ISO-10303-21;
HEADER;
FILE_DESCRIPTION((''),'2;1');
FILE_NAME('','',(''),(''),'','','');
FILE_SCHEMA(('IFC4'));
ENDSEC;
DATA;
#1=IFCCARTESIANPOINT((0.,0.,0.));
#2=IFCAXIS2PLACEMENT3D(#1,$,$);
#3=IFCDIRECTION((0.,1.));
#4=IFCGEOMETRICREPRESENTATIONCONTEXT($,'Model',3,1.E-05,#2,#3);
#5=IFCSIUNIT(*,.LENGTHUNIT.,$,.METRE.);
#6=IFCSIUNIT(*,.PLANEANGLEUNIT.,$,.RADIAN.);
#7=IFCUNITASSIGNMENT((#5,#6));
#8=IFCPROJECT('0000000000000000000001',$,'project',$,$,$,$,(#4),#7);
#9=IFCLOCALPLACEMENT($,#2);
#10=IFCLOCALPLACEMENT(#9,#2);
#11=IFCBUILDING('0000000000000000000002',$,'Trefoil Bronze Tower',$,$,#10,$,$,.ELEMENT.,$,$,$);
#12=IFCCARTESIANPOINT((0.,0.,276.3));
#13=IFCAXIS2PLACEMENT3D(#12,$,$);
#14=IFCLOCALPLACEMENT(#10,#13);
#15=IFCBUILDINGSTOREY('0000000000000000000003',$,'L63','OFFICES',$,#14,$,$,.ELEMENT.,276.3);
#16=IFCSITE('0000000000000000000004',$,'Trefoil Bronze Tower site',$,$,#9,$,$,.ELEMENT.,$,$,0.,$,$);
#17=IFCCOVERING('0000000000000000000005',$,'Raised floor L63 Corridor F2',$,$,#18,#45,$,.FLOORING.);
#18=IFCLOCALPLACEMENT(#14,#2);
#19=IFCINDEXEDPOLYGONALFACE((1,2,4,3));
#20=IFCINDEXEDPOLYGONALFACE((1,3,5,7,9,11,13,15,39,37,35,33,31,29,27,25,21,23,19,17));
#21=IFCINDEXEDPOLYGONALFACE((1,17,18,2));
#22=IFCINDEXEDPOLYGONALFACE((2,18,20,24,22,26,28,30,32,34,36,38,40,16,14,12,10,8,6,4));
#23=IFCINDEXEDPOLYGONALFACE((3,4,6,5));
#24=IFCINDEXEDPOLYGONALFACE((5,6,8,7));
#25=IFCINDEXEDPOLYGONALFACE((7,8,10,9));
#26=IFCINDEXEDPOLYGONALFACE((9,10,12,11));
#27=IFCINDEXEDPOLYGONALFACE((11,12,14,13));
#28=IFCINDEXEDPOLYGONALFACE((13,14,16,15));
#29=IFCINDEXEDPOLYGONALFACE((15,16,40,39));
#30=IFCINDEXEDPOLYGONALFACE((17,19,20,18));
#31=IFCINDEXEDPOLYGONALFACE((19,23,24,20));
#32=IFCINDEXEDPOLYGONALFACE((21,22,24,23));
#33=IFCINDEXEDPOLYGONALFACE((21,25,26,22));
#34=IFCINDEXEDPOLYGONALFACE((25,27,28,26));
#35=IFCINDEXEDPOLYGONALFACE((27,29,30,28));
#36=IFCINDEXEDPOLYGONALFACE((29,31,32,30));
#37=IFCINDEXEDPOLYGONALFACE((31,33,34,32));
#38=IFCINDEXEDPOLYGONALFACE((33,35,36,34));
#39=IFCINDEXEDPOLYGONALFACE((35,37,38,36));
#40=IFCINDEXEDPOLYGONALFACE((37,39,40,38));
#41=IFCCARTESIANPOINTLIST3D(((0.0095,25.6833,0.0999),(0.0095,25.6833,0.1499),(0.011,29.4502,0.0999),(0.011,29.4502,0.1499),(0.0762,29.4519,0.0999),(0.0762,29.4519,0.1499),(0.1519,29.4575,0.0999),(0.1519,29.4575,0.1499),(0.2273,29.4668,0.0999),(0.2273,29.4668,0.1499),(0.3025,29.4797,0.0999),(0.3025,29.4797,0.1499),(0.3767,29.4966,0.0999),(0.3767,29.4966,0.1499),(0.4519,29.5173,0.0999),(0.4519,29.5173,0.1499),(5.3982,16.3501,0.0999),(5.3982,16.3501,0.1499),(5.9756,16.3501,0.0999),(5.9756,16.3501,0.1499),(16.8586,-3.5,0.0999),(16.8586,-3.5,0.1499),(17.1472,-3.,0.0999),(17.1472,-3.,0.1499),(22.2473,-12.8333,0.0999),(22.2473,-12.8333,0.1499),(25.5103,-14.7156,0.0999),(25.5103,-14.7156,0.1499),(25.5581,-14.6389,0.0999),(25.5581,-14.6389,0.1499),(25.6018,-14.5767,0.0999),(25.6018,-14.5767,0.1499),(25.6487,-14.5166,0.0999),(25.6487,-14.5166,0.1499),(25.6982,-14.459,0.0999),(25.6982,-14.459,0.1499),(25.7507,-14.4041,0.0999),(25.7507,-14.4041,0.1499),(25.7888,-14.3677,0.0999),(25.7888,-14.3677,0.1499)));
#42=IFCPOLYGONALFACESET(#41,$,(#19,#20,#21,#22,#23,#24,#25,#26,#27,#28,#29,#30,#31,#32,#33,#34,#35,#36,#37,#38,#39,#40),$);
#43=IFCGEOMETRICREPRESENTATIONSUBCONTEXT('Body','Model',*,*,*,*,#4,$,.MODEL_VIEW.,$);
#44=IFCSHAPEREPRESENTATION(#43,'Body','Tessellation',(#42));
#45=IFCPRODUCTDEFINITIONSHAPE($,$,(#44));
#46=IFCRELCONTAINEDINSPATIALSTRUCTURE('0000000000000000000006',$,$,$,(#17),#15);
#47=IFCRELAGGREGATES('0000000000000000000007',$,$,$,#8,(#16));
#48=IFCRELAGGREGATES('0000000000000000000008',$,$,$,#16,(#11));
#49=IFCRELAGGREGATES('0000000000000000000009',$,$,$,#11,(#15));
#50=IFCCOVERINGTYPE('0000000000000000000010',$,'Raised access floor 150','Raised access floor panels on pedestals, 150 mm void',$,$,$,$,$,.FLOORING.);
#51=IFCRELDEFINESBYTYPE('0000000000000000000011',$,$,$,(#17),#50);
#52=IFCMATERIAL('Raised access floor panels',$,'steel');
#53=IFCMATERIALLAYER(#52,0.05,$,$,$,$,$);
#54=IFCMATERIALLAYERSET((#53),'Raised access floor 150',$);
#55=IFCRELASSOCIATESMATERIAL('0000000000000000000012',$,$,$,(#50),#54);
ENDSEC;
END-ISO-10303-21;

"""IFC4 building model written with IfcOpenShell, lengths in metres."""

from ifc_helpers import new_model, si_unit, direction, frame, origin, place, context, subcontext, project, spatial, polyline, outline, extrude, material, layer, layer_set, type_object, element, save


model = new_model("IFC4")

# Units and contexts
model_context = context("Model", 3, precision=1e-05, world=origin(), true_north=direction((0.0, 1.0)))
body_context = subcontext(model_context, "Body", "Model", "MODEL_VIEW")
ifc_project = project(units=[si_unit("LENGTHUNIT", "METRE"), si_unit("PLANEANGLEUNIT", "RADIAN")], contexts=[model_context])

# Site, building, storey
site_placement = place(None, origin())
site = spatial("IfcSite", under=ifc_project, at=site_placement, Name="Trefoil Bronze Tower site", CompositionType="ELEMENT", RefElevation=0.0)
building_placement = place(site_placement, origin())
building = spatial("IfcBuilding", under=site, at=building_placement, Name="Trefoil Bronze Tower", CompositionType="ELEMENT")
storey_placement = place(building_placement, frame((0.0, 0.0, 276.3)))
storey = spatial("IfcBuildingStorey", under=building, at=storey_placement, Name="L63", Description="OFFICES", CompositionType="ELEMENT", Elevation=276.3)

# Covering
ifc_material_1 = material(Name="Raised access floor panels", Category="steel")
ifc_layer_1 = layer(ifc_material_1, 0.05)
ifc_layer_set_1 = layer_set([ifc_layer_1], Name="Raised access floor 150")
covering_type_1 = type_object("IfcCoveringType", Name="Raised access floor 150", Description="Raised access floor panels on pedestals, 150 mm void", PredefinedType="FLOORING", material=ifc_layer_set_1)
covering_1_placement = place(storey_placement, frame((0.0, 0.0, 0.0999)))
element("IfcCovering", 1, at=covering_1_placement, inside=storey, type_object=covering_type_1, Name="Raised floor L63 Corridor F2", PredefinedType="FLOORING", context=body_context, shape_type="SweptSolid", body=[
    extrude(outline(polyline([(22.2473, -12.8333), (16.8586, -3.5), (17.1472, -3.0), (5.9756, 16.3501), (5.3982, 16.3501), (0.0095, 25.6833), (0.011, 29.4502), (0.0762, 29.4519), (0.1519, 29.4575), (0.2273, 29.4668), (0.3025, 29.4797), (0.3767, 29.4966), (0.4519, 29.5173), (25.7888, -14.3677), (25.7507, -14.4041), (25.6982, -14.459), (25.6487, -14.5166), (25.6018, -14.5767), (25.5581, -14.6389), (25.5103, -14.7156), (22.2473, -12.8333)])), origin(), (0.0, 0.0, 1.0), 0.05),
])

save(model, "model.ifc")
